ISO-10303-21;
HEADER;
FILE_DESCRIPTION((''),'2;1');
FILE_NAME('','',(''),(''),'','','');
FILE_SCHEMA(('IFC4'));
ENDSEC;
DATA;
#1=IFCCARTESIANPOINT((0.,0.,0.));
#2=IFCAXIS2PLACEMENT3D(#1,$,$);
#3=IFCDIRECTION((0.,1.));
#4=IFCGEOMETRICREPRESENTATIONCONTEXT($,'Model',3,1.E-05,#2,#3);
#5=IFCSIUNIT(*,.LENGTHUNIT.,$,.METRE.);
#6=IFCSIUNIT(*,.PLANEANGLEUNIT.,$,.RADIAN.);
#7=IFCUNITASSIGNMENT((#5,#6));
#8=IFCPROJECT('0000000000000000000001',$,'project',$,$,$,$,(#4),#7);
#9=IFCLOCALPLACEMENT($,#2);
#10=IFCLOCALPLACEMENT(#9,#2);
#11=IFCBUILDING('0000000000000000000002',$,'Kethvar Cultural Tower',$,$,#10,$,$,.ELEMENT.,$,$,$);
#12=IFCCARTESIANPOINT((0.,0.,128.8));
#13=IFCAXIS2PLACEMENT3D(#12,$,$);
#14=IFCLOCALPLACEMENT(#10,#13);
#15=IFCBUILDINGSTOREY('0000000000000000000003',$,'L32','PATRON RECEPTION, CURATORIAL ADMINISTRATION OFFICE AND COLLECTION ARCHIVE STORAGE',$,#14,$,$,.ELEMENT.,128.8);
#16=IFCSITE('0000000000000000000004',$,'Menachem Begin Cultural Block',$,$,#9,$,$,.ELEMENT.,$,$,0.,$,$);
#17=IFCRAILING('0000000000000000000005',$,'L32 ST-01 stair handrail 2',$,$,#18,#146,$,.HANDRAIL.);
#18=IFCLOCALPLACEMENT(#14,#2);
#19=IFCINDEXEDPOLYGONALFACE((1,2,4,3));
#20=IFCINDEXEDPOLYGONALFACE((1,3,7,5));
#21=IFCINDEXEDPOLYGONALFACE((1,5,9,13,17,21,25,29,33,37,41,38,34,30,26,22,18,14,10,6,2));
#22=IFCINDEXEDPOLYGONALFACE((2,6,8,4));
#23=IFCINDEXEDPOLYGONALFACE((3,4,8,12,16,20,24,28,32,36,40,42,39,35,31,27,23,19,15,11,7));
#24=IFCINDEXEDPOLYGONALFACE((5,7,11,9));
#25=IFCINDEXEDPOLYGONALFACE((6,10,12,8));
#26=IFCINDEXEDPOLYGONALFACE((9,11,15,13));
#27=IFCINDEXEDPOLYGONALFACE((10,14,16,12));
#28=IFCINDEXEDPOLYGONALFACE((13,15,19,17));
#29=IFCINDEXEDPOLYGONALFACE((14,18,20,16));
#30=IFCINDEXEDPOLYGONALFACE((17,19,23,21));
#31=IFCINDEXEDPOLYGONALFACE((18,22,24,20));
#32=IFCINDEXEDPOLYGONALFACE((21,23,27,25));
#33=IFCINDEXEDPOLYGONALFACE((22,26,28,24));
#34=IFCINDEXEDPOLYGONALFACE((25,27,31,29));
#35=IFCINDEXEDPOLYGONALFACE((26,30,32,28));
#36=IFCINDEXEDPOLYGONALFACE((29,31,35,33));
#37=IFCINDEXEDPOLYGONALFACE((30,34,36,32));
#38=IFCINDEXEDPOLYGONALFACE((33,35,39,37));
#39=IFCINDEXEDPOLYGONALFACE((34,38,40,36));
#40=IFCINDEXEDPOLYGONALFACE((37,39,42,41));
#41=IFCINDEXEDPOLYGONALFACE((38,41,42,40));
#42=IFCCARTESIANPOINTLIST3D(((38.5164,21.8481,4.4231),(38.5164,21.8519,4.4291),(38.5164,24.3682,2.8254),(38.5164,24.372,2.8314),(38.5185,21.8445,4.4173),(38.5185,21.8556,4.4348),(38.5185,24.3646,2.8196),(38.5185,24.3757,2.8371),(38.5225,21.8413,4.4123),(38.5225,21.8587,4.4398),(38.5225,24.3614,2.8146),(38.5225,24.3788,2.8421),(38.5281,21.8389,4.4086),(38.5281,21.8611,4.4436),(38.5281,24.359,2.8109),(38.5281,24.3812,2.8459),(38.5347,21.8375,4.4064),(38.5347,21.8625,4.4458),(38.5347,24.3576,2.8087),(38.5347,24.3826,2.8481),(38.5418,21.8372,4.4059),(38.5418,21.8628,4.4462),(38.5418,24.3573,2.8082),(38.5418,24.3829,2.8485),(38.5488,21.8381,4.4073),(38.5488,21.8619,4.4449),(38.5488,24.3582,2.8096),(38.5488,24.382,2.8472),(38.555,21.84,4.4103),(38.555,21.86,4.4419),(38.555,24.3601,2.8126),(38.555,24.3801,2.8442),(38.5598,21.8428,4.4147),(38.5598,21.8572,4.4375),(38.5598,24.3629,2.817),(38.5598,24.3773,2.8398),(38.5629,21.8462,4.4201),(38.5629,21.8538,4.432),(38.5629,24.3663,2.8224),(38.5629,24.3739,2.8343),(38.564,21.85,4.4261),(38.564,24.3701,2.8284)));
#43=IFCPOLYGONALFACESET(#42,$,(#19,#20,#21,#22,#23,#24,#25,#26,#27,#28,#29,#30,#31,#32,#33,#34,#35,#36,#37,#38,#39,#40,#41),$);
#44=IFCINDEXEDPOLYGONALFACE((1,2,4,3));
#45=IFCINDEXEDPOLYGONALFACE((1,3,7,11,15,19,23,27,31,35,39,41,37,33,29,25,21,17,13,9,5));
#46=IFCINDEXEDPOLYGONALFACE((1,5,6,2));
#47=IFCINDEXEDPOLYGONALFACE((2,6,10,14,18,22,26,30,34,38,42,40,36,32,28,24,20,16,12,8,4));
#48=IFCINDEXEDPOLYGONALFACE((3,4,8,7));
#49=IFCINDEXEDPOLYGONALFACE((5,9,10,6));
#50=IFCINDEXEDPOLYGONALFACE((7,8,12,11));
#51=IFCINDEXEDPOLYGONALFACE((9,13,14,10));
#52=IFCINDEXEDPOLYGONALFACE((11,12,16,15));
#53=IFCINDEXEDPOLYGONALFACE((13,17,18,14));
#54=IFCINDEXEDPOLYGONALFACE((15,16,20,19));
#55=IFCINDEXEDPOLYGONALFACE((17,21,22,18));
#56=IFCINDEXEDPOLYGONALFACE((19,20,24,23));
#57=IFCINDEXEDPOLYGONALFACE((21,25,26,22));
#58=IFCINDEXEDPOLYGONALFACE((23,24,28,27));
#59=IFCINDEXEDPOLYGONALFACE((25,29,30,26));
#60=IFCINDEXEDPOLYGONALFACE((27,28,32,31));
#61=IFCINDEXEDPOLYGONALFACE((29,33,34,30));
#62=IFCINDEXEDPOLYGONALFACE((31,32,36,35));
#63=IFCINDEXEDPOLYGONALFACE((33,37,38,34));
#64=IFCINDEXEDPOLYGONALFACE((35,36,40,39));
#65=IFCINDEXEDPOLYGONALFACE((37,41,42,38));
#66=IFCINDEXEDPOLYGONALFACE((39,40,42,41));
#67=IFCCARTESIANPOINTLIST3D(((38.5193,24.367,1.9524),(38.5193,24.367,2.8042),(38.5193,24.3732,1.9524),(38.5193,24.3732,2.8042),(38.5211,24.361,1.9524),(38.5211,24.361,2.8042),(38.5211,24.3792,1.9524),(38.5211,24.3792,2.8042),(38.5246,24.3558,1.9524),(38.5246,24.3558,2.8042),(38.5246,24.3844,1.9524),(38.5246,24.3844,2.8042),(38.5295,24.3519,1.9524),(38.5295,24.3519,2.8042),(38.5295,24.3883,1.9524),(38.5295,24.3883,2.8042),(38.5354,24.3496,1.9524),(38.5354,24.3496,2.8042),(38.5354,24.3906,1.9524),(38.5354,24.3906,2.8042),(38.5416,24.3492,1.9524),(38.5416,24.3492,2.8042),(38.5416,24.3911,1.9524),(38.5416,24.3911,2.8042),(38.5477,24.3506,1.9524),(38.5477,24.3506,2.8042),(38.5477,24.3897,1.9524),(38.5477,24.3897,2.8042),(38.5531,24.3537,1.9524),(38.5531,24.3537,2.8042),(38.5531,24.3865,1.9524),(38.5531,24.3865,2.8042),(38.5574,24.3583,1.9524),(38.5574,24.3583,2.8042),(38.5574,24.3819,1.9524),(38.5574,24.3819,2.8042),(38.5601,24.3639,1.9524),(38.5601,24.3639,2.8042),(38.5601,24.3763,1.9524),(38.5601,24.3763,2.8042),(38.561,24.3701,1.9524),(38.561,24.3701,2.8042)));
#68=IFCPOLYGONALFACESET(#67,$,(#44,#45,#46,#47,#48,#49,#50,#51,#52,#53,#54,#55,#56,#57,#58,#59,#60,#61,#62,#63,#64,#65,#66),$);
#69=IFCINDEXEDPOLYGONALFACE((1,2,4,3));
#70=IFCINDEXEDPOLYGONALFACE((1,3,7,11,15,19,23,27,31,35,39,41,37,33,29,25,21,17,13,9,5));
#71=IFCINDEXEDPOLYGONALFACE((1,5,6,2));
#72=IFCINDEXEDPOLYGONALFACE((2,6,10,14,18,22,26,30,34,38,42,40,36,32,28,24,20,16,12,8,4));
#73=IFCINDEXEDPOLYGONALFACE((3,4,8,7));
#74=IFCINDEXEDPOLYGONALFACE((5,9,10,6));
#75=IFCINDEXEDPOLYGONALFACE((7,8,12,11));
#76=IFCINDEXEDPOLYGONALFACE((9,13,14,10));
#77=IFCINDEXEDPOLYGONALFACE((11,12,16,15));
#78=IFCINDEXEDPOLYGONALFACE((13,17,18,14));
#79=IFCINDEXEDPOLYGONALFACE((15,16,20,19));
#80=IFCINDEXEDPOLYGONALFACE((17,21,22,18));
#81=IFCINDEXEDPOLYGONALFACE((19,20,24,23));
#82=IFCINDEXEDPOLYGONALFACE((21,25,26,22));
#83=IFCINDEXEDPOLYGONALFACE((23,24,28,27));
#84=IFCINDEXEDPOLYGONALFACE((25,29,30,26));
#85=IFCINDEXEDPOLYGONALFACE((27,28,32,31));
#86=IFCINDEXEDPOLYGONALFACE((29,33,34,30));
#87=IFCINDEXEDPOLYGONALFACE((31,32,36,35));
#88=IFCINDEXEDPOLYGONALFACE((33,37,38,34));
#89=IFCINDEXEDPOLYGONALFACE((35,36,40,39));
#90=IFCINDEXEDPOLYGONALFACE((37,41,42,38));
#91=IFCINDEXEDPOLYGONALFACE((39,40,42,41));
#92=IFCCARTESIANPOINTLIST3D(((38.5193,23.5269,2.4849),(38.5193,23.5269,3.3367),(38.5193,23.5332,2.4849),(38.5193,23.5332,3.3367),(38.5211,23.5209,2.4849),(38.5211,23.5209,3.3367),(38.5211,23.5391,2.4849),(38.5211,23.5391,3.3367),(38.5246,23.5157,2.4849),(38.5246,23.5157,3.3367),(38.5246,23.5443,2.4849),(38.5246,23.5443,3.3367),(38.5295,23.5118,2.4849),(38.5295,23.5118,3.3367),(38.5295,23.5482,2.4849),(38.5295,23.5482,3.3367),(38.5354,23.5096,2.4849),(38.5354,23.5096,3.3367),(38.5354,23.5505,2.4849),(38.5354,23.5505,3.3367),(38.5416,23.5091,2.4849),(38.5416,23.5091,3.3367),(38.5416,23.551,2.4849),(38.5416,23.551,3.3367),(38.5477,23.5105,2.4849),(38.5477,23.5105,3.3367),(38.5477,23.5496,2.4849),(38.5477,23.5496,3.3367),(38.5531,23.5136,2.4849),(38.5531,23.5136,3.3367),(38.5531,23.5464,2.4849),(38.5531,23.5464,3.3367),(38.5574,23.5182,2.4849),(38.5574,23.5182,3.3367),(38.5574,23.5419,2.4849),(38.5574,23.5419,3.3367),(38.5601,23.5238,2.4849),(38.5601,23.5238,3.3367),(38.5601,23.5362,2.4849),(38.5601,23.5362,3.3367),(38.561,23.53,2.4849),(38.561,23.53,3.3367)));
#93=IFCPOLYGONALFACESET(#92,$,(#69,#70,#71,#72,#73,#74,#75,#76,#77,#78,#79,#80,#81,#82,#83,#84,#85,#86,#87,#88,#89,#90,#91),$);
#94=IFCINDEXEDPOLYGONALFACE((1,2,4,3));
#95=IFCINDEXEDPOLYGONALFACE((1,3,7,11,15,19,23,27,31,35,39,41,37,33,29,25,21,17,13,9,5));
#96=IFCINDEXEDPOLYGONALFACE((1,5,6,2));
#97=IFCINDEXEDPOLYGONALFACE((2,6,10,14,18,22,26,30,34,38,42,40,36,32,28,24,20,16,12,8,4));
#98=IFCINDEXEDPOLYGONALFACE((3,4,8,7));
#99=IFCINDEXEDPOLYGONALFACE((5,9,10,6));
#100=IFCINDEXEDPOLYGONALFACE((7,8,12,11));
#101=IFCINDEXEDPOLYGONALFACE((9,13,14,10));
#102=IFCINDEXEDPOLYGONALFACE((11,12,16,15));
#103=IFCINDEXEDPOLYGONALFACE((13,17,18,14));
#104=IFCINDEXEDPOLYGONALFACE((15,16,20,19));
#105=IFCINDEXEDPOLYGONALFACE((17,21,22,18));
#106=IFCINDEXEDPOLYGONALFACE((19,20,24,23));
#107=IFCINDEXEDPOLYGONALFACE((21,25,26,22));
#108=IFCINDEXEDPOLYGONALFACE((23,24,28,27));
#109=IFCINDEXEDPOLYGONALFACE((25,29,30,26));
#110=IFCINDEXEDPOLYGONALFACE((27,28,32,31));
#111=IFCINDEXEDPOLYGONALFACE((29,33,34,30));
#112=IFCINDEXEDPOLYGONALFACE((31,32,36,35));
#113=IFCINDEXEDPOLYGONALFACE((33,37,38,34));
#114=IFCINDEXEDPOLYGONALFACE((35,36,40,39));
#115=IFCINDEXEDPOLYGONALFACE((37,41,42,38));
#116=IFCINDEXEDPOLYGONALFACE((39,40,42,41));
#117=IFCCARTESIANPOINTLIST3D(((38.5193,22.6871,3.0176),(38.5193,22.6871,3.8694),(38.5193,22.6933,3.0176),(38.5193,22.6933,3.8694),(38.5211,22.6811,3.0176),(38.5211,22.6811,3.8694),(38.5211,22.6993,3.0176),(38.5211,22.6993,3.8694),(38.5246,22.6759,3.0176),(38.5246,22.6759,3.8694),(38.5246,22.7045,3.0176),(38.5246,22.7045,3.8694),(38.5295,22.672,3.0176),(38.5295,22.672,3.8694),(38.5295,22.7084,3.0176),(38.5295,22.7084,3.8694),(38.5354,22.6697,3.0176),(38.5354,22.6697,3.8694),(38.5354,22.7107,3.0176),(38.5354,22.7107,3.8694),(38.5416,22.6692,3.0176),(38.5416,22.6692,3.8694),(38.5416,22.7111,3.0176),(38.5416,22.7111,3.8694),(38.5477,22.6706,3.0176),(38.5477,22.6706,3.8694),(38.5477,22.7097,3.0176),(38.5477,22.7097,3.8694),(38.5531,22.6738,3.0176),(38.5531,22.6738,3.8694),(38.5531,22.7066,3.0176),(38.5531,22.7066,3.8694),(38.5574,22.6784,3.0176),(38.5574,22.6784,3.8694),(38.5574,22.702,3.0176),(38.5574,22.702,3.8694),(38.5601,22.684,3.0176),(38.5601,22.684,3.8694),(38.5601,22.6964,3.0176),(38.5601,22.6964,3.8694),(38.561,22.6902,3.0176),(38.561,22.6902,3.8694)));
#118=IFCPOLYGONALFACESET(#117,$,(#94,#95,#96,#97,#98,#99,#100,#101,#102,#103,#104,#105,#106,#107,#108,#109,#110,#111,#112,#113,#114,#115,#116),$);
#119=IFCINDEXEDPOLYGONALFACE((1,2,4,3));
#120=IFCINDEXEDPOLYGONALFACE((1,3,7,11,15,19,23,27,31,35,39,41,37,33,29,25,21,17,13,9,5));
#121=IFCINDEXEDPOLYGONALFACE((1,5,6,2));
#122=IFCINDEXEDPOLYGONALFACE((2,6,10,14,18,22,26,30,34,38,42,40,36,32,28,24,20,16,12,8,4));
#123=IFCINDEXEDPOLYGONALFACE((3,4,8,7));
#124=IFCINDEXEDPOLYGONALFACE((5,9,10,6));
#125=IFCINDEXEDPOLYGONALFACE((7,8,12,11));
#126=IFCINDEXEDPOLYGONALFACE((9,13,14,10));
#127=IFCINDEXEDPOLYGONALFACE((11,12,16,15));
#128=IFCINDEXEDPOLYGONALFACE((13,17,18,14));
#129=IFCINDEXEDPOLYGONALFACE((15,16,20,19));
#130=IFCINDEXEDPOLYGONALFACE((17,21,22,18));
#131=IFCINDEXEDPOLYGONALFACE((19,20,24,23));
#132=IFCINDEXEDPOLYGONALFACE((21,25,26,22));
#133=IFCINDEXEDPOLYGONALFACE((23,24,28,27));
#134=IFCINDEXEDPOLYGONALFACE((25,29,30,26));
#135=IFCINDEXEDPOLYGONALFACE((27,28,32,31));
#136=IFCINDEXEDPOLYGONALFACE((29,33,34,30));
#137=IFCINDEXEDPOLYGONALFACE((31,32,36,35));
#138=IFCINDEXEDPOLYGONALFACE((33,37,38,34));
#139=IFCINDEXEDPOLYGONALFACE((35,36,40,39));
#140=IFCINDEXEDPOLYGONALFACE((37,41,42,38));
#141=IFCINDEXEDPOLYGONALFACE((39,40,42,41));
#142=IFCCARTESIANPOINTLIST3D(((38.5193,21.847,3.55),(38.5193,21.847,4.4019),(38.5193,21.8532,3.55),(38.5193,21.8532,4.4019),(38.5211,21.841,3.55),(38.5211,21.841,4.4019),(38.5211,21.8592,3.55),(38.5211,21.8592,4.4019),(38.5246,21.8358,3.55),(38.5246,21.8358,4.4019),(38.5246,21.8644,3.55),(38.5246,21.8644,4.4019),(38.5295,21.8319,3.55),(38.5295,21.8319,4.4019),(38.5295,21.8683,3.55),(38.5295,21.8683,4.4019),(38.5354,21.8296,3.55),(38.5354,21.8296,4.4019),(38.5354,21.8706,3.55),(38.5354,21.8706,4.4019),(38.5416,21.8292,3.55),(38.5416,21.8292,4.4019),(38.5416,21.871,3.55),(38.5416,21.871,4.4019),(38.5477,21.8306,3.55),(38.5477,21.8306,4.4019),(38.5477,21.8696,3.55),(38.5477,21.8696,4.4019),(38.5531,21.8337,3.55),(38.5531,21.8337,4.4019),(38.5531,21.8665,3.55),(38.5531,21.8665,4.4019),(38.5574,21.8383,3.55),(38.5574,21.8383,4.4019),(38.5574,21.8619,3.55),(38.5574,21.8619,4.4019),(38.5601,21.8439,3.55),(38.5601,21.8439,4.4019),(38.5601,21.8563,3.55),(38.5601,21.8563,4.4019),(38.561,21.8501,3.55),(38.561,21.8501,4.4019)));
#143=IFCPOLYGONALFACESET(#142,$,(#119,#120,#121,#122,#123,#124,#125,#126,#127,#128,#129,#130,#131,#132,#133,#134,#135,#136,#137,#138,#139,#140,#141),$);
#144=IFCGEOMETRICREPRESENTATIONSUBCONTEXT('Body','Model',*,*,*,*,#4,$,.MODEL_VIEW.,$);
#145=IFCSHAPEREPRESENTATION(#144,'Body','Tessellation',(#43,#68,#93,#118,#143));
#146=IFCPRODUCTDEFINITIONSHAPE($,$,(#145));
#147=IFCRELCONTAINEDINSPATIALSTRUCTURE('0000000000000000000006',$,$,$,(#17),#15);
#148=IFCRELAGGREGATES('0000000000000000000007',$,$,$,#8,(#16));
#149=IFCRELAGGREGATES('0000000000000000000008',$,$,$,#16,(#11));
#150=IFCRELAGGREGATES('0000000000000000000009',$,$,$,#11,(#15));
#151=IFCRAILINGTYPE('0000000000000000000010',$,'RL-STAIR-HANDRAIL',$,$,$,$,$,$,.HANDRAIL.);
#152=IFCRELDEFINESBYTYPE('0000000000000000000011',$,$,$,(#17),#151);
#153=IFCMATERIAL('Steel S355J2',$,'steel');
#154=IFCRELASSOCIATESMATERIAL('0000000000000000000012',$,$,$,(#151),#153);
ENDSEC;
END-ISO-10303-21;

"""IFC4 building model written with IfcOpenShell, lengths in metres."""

from ifc_helpers import new_model, si_unit, direction, frame, origin, origin_2d, place, context, subcontext, project, spatial, circle, extrude, material, type_object, element, save


model = new_model("IFC4")

# Units and contexts
model_context = context("Model", 3, precision=1e-05, world=origin(), true_north=direction((0.0, 1.0)))
body_context = subcontext(model_context, "Body", "Model", "MODEL_VIEW")
ifc_project = project(units=[si_unit("LENGTHUNIT", "METRE"), si_unit("PLANEANGLEUNIT", "RADIAN")], contexts=[model_context])

# Site, building, storey
site_placement = place(None, origin())
site = spatial("IfcSite", under=ifc_project, at=site_placement, Name="Menachem Begin Cultural Block", CompositionType="ELEMENT", RefElevation=0.0)
building_placement = place(site_placement, origin())
building = spatial("IfcBuilding", under=site, at=building_placement, Name="Kethvar Cultural Tower", CompositionType="ELEMENT")
storey_placement = place(building_placement, frame((0.0, 0.0, 128.8)))
storey = spatial("IfcBuildingStorey", under=building, at=storey_placement, Name="L32", Description="PATRON RECEPTION, CURATORIAL ADMINISTRATION OFFICE AND COLLECTION ARCHIVE STORAGE", CompositionType="ELEMENT", Elevation=128.8)

# Shared definitions
ifc_material_1 = material(Name="Steel S355J2", Category="steel")

# Railing
railing_type_1 = type_object("IfcRailingType", Name="RL-STAIR-HANDRAIL", PredefinedType="HANDRAIL", material=ifc_material_1)
railing_1_placement = place(storey_placement, frame((38.54, 24.3701, 1.9524)))
element("IfcRailing", 1, at=railing_1_placement, inside=storey, type_object=railing_type_1, Name="L32 ST-01 stair handrail 2", PredefinedType="HANDRAIL", context=body_context, shape_type="SweptSolid", body=[
    extrude(circle(Radius=0.0239, at=origin_2d()), frame((0.0, 0.0, 0.876), z_axis=(0.0, -0.84457, 0.535445), x_axis=(1.0, 0.0, 0.0)), (0.0, 0.0, 1.0), 2.9839),
    extrude(circle(Radius=0.021, at=origin_2d()), origin(), (0.0, 0.0, 1.0), 0.8518),
    extrude(circle(Radius=0.021, at=origin_2d()), frame((0.0, -0.8401, 0.5325)), (0.0, 0.0, 1.0), 0.8518),
    extrude(circle(Radius=0.021, at=origin_2d()), frame((0.0, -1.6799, 1.0652)), (0.0, 0.0, 1.0), 0.8518),
    extrude(circle(Radius=0.021, at=origin_2d()), frame((0.0, -2.52, 1.5977)), (0.0, 0.0, 1.0), 0.8518),
])

save(model, "model.ifc")
